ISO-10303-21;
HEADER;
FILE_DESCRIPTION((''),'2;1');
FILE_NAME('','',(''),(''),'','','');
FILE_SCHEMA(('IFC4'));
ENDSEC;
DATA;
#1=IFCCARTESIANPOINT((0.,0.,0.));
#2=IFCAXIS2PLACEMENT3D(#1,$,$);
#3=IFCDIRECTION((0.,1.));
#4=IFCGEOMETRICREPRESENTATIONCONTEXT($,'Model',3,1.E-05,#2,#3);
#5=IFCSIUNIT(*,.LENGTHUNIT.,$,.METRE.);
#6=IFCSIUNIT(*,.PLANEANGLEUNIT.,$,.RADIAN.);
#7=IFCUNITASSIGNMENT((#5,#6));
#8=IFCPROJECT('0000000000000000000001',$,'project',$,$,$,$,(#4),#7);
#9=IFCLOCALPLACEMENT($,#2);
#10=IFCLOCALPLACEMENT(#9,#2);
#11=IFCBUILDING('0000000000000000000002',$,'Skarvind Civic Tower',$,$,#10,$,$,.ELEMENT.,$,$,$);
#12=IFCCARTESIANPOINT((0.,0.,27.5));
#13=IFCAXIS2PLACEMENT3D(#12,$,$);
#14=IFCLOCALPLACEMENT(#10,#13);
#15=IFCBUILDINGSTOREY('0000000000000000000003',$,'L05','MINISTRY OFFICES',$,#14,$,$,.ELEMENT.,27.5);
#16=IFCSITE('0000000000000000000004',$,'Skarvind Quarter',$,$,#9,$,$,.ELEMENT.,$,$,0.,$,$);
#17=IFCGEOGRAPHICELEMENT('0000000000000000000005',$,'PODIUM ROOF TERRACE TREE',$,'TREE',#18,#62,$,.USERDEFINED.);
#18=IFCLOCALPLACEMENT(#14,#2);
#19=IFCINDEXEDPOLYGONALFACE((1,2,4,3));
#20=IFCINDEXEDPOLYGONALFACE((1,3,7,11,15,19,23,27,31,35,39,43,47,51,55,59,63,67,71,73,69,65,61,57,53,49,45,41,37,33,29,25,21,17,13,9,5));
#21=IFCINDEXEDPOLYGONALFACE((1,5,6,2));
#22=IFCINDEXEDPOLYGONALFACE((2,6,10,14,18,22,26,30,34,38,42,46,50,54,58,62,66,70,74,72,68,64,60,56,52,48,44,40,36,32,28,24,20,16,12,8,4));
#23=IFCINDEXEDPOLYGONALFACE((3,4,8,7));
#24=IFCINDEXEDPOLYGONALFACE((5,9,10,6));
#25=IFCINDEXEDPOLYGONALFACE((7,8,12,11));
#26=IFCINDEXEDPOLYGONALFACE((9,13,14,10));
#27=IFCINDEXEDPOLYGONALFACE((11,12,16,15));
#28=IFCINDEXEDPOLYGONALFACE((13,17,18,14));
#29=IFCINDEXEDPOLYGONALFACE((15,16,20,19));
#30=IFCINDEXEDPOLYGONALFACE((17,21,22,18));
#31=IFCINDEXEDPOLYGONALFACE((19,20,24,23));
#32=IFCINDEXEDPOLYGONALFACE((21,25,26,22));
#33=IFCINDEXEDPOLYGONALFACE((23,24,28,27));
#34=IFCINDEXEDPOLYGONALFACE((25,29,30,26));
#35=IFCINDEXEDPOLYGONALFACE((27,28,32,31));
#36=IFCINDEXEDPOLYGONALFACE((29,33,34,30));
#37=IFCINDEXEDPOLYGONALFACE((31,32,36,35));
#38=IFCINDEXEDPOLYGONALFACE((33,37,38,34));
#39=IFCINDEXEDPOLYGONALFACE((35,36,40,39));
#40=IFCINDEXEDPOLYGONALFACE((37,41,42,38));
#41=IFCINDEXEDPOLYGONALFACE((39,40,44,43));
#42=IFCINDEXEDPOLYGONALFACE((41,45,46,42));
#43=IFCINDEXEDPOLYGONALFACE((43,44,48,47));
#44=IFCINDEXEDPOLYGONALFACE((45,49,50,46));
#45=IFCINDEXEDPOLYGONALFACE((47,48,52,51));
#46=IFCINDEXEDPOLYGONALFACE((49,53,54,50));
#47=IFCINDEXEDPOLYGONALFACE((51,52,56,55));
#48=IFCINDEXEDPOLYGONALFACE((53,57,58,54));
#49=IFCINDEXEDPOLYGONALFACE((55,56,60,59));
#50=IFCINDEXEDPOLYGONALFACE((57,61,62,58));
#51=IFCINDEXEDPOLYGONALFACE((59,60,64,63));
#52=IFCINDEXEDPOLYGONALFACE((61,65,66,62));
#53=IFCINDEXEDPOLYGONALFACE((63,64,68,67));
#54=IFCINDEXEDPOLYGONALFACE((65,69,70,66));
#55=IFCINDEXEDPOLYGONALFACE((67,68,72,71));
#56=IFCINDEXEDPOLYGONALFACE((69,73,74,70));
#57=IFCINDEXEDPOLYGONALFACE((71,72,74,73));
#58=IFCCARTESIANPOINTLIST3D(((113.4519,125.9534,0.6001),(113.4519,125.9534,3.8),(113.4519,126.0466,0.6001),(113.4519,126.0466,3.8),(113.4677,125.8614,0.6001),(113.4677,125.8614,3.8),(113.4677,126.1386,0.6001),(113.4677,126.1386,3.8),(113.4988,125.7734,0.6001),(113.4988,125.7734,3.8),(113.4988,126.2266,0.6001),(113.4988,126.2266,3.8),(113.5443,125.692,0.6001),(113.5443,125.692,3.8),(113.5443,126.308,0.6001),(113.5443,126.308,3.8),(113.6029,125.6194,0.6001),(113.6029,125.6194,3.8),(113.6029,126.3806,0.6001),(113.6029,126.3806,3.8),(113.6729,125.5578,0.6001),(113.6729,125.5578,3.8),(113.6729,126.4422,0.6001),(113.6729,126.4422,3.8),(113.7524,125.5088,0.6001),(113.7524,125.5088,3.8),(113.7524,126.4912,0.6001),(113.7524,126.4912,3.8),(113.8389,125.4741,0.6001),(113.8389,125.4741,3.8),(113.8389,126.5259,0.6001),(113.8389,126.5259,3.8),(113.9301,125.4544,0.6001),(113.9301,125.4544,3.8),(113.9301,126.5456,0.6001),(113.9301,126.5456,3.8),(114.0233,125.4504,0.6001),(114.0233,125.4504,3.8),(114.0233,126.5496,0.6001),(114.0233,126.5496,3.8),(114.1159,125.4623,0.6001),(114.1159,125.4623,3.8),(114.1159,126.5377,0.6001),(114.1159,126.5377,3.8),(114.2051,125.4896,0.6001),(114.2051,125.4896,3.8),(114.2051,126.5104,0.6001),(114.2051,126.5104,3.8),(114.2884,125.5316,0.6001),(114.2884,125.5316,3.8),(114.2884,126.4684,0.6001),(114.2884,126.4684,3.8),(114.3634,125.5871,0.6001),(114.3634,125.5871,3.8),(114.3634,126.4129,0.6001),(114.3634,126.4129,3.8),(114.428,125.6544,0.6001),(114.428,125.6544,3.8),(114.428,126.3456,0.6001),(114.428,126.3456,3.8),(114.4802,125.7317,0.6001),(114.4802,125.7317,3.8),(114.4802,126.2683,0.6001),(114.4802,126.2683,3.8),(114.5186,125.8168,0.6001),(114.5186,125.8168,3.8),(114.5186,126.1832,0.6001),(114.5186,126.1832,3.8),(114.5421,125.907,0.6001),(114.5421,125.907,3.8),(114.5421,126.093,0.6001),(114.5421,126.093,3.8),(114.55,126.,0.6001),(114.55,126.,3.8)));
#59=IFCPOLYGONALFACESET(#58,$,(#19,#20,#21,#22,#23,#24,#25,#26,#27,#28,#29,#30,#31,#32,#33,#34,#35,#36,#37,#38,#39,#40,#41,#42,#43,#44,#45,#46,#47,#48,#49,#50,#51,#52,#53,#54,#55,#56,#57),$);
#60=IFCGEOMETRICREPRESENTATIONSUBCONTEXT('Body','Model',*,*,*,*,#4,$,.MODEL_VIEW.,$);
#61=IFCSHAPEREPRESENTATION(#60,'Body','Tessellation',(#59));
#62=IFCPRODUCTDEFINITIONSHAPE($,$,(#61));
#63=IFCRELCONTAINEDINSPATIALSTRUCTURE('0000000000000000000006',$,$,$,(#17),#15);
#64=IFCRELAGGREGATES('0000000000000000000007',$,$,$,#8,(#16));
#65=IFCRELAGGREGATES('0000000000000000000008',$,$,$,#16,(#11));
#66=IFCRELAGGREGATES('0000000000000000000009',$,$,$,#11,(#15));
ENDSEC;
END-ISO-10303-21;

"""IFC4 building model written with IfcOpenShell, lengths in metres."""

from ifc_helpers import new_model, si_unit, direction, frame, origin, origin_2d, place, context, subcontext, project, spatial, circle, extrude, element, save


model = new_model("IFC4")

# Units and contexts
model_context = context("Model", 3, precision=1e-05, world=origin(), true_north=direction((0.0, 1.0)))
body_context = subcontext(model_context, "Body", "Model", "MODEL_VIEW")
ifc_project = project(units=[si_unit("LENGTHUNIT", "METRE"), si_unit("PLANEANGLEUNIT", "RADIAN")], contexts=[model_context])

# Site, building, storey
site_placement = place(None, origin())
site = spatial("IfcSite", under=ifc_project, at=site_placement, Name="Skarvind Quarter", CompositionType="ELEMENT", RefElevation=0.0)
building_placement = place(site_placement, origin())
building = spatial("IfcBuilding", under=site, at=building_placement, Name="Skarvind Civic Tower", CompositionType="ELEMENT")
storey_placement = place(building_placement, frame((0.0, 0.0, 27.5)))
storey = spatial("IfcBuildingStorey", under=building, at=storey_placement, Name="L05", Description="MINISTRY OFFICES", CompositionType="ELEMENT", Elevation=27.5)

# Geographic element
geographic_element_placement = place(storey_placement, frame((114.0, 126.0, 0.6001), z_axis=(0.0, 0.0, 1.0), x_axis=(1.0, 0.0, 0.0)))
element("IfcGeographicElement", 1, at=geographic_element_placement, inside=storey, Name="PODIUM ROOF TERRACE TREE", ObjectType="TREE", PredefinedType="USERDEFINED", context=body_context, shape_type="SweptSolid", body=[
    extrude(circle(Radius=0.55, at=origin_2d()), origin(), (0.0, 0.0, 1.0), 3.2),
])

save(model, "model.ifc")
